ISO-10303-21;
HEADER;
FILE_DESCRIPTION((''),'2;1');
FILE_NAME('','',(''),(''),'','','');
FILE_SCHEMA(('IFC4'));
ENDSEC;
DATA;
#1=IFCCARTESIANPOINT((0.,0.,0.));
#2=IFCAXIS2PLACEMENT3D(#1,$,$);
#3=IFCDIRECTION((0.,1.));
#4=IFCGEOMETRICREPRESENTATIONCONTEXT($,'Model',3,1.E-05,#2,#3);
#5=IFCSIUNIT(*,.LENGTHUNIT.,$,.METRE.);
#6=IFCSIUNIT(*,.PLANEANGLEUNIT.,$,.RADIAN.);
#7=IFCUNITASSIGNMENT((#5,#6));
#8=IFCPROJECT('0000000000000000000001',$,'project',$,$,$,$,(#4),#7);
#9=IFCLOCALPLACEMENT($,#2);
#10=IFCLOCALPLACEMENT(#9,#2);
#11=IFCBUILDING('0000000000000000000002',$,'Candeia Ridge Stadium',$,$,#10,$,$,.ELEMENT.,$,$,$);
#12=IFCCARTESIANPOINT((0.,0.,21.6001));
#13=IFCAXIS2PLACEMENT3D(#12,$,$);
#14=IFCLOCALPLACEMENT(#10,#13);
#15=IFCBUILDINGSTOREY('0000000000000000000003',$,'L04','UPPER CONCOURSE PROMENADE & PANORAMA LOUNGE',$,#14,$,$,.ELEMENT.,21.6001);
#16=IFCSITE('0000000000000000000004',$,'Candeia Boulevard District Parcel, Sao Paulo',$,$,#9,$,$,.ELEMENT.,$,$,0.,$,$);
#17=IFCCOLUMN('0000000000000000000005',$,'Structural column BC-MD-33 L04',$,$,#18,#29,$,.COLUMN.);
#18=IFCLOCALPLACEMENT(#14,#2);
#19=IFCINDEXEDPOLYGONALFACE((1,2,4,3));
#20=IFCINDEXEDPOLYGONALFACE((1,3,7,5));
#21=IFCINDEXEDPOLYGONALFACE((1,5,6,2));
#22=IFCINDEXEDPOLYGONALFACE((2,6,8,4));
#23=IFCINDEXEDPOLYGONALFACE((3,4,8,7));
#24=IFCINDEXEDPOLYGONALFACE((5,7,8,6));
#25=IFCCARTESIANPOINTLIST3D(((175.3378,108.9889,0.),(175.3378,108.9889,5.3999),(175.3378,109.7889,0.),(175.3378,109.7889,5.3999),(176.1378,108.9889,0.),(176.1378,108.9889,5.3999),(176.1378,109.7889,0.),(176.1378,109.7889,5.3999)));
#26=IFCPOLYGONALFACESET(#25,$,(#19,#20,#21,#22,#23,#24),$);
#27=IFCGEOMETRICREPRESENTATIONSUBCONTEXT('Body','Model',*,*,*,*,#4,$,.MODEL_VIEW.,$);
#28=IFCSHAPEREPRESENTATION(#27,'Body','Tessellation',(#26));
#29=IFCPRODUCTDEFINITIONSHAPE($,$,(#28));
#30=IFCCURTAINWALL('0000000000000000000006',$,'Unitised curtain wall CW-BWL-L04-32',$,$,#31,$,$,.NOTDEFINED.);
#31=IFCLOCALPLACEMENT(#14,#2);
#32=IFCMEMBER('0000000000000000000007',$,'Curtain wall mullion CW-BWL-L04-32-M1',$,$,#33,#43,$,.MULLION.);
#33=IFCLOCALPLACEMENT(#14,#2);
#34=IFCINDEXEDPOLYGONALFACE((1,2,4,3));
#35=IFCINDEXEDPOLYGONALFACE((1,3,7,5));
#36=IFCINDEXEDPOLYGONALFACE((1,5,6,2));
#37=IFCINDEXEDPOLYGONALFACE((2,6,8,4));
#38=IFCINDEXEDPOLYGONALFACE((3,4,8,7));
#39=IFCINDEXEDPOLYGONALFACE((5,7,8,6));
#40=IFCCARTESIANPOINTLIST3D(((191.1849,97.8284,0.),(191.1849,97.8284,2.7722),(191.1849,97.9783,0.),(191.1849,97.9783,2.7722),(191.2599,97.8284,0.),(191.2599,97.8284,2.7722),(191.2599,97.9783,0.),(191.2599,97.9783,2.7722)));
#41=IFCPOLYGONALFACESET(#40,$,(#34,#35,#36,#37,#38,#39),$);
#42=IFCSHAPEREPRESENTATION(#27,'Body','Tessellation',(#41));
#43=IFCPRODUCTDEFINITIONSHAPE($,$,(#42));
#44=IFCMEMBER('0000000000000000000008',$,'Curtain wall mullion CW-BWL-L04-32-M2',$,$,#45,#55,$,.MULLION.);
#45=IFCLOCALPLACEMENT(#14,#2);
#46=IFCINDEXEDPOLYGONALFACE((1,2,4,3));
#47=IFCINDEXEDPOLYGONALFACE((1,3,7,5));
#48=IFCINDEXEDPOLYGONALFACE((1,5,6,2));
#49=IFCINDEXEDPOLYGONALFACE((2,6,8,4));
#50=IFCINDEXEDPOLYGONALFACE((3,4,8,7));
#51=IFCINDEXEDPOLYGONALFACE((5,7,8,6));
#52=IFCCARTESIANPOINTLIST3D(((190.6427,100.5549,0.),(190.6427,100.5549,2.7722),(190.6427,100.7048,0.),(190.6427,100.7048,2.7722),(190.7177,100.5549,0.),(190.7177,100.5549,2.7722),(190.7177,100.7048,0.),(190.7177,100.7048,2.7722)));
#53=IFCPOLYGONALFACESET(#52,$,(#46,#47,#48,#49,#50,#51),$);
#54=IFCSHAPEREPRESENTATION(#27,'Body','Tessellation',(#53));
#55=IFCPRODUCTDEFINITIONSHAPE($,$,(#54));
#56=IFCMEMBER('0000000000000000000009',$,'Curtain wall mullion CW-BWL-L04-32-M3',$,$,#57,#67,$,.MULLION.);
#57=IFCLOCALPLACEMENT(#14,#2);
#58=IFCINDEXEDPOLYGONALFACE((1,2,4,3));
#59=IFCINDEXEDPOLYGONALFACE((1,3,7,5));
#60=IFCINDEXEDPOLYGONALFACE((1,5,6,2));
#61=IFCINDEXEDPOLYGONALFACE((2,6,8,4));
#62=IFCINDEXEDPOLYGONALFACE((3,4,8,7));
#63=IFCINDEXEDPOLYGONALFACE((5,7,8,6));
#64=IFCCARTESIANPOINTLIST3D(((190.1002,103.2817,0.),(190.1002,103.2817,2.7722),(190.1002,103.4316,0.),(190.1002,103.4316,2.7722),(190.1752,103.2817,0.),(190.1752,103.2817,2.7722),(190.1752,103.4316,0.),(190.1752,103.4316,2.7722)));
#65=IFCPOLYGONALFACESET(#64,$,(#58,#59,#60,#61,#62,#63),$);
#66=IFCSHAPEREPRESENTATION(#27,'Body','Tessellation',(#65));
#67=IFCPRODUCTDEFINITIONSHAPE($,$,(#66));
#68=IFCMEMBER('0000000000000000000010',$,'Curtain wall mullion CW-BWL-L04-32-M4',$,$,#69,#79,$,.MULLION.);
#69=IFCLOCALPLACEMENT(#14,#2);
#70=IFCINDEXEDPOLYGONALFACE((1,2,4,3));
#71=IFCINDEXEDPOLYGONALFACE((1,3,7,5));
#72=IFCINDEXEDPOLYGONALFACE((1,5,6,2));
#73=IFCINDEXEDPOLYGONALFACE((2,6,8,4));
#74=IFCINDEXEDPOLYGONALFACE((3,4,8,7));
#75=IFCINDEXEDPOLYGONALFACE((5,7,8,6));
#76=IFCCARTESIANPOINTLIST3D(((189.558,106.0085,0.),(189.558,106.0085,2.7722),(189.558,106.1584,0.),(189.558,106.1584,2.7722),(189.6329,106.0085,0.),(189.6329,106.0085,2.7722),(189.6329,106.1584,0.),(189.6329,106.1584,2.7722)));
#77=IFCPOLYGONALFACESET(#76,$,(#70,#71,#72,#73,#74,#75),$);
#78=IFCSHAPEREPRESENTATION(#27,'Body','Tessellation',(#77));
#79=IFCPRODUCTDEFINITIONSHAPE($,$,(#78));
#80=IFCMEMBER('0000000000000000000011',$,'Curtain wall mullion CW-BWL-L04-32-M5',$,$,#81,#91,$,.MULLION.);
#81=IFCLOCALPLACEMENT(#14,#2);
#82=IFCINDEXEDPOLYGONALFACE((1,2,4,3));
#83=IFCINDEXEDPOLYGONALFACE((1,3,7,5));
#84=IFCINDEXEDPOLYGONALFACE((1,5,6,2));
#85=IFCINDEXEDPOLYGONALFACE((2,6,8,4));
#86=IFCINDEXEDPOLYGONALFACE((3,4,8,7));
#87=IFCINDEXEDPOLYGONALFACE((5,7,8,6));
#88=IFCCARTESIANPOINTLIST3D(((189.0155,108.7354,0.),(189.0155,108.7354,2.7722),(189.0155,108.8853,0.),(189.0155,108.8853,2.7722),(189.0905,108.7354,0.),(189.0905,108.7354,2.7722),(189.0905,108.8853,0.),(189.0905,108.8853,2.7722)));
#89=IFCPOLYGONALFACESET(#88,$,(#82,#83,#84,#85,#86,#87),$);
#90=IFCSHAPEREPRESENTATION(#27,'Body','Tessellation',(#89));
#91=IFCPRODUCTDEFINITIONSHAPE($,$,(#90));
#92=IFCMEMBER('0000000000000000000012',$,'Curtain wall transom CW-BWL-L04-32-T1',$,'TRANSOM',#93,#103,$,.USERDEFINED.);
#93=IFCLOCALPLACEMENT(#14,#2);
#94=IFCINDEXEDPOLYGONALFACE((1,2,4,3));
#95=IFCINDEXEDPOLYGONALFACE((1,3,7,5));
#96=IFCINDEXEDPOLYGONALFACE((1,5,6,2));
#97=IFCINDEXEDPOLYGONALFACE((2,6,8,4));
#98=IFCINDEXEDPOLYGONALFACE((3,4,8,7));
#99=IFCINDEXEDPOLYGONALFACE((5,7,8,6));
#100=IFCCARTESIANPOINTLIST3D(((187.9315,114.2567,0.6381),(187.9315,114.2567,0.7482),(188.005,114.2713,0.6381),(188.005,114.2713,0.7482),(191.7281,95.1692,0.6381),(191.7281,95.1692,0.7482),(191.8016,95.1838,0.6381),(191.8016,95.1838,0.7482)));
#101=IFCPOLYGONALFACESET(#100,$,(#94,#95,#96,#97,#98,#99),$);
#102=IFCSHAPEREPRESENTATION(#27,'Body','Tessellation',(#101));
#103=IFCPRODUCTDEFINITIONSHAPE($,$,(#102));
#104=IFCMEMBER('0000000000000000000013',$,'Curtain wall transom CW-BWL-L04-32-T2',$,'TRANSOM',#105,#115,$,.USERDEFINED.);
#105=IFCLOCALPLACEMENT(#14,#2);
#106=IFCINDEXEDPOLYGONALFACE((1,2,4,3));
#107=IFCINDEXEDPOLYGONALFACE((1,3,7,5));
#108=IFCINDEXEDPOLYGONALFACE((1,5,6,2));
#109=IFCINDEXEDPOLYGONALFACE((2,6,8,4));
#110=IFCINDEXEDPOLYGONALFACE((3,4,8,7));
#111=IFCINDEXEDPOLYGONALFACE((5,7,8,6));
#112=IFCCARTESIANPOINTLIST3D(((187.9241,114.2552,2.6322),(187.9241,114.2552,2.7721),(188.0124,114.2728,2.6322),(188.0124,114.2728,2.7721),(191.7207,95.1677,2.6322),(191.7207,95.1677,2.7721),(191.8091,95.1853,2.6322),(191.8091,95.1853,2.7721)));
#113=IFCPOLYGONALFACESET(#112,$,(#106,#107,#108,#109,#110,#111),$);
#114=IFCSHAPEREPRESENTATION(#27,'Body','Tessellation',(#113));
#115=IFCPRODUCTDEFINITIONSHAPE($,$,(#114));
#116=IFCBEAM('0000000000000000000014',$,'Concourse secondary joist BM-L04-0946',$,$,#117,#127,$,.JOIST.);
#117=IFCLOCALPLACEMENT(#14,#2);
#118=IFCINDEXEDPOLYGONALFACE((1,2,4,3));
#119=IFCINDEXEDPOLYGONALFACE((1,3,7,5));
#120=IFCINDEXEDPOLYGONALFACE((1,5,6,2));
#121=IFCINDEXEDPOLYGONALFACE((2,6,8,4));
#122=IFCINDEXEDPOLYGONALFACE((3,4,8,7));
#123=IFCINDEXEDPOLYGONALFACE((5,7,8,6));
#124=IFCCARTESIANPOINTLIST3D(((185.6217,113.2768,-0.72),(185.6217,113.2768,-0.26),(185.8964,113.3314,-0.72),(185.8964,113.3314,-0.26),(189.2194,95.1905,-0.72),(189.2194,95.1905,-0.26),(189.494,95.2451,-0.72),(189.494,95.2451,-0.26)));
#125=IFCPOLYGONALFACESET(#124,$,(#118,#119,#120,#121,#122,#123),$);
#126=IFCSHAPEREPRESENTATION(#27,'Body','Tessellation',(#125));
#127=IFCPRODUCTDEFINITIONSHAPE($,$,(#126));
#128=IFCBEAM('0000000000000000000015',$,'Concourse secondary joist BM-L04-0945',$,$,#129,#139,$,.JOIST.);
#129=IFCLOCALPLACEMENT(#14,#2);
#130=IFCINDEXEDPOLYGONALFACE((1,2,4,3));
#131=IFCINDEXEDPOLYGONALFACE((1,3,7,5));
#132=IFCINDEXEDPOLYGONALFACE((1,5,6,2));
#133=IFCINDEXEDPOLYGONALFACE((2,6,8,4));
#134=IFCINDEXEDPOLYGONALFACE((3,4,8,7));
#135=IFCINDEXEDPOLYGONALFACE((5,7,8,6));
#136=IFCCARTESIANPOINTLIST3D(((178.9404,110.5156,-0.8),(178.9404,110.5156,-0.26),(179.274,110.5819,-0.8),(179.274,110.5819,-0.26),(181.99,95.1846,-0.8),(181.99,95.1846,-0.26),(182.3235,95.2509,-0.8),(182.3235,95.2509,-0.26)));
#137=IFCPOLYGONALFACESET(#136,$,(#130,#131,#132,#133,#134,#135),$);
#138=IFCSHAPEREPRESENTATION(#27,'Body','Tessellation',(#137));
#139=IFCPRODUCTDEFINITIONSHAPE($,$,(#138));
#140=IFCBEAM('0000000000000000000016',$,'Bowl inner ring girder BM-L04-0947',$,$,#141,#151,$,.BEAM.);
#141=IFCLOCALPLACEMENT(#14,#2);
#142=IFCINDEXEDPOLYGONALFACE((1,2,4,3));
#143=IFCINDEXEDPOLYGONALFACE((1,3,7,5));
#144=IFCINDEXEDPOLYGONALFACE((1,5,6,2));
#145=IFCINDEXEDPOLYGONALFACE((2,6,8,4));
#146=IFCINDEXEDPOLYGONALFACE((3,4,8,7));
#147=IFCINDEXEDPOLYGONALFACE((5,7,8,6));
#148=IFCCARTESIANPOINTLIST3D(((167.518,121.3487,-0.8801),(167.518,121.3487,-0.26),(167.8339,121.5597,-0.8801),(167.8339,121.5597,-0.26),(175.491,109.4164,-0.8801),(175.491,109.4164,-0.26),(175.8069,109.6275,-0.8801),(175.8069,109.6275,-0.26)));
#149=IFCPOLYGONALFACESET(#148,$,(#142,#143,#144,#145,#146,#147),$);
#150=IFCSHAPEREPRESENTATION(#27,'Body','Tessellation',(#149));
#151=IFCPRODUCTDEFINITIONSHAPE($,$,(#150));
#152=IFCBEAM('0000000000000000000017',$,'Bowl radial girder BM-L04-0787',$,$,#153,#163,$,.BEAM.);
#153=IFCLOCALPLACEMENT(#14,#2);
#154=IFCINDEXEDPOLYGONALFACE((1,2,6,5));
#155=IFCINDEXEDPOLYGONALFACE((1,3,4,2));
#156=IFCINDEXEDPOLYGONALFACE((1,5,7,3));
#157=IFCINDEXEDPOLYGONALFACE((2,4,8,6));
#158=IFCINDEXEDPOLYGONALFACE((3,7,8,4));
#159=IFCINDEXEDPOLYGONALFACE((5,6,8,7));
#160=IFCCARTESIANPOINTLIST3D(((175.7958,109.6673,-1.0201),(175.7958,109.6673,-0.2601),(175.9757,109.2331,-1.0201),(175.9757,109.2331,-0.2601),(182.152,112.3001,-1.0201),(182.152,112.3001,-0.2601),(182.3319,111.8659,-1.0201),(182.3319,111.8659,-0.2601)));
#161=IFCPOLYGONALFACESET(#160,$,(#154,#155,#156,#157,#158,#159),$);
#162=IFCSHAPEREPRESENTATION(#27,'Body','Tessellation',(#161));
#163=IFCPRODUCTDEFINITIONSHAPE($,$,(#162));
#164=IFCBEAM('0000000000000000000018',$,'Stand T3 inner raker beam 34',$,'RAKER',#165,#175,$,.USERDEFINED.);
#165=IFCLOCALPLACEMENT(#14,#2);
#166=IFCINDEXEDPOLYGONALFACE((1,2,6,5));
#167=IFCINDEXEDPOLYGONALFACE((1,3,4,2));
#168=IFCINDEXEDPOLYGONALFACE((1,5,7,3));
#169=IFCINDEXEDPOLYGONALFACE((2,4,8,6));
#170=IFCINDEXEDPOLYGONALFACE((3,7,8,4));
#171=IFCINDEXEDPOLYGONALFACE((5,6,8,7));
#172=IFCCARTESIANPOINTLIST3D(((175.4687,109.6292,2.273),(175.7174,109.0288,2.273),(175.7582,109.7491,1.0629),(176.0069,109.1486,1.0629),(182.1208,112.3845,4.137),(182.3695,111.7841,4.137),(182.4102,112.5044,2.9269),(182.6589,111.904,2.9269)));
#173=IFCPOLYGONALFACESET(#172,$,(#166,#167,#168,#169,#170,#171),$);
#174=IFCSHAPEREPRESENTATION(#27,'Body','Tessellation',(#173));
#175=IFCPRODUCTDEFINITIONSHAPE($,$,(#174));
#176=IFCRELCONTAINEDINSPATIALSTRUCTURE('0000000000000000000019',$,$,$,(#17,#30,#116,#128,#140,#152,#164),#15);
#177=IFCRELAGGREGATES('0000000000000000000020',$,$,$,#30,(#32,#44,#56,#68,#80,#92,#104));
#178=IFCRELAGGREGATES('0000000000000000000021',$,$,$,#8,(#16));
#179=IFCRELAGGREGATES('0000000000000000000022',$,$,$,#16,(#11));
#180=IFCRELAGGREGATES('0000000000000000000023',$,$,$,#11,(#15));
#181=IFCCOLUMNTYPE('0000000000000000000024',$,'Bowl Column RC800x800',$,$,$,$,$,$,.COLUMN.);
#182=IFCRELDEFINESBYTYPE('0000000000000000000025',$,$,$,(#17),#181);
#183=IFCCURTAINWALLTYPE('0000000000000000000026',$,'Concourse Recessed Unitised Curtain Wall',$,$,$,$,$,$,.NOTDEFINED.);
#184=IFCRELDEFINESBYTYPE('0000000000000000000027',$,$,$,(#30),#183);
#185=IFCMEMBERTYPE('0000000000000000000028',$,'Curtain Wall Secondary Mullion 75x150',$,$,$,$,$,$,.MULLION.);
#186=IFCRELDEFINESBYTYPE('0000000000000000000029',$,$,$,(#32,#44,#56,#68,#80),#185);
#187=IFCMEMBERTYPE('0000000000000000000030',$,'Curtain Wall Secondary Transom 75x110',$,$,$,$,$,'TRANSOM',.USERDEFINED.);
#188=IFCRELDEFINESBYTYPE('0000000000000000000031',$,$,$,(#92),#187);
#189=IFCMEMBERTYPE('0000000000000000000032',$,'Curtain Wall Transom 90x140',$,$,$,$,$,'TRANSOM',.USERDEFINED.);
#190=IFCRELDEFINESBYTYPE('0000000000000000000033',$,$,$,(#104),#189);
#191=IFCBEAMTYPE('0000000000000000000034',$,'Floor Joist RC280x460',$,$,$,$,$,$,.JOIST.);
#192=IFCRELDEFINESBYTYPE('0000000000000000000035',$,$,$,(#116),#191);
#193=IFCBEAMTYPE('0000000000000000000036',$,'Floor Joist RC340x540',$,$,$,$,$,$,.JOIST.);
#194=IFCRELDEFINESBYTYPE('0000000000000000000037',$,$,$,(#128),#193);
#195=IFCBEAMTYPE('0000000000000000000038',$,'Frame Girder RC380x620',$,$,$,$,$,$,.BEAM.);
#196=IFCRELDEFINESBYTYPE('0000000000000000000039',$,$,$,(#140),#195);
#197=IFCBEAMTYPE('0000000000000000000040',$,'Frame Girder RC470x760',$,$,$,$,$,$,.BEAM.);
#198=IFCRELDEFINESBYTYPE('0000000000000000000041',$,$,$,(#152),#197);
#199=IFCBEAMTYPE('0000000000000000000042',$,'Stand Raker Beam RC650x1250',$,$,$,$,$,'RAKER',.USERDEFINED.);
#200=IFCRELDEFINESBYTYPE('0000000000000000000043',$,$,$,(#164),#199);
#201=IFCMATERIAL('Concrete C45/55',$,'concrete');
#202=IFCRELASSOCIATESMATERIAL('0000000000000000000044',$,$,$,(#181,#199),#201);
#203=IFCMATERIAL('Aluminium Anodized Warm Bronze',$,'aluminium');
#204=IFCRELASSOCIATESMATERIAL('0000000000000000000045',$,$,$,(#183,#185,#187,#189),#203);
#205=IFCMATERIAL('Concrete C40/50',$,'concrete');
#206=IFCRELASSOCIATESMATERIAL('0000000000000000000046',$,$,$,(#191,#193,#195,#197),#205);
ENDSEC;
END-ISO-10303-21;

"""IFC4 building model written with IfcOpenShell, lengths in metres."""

from ifc_helpers import new_model, si_unit, direction, frame, origin, origin_2d, place, context, subcontext, project, spatial, rectangle, extrude, material, material_profile, profile_set, type_object, element, aggregate, save


model = new_model("IFC4")

# Units and contexts
model_context = context("Model", 3, precision=1e-05, world=origin(), true_north=direction((0.0, 1.0)))
body_context = subcontext(model_context, "Body", "Model", "MODEL_VIEW")
ifc_project = project(units=[si_unit("LENGTHUNIT", "METRE"), si_unit("PLANEANGLEUNIT", "RADIAN")], contexts=[model_context])

# Site, building, storey
site_placement = place(None, origin())
site = spatial("IfcSite", under=ifc_project, at=site_placement, Name="Candeia Boulevard District Parcel, Sao Paulo", CompositionType="ELEMENT", RefElevation=0.0)
building_placement = place(site_placement, origin())
building = spatial("IfcBuilding", under=site, at=building_placement, Name="Candeia Ridge Stadium", CompositionType="ELEMENT")
storey_placement = place(building_placement, frame((0.0, 0.0, 21.6001)))
storey = spatial("IfcBuildingStorey", under=building, at=storey_placement, Name="L04", Description="UPPER CONCOURSE PROMENADE & PANORAMA LOUNGE", CompositionType="ELEMENT", Elevation=21.6001)

# Column
ifc_material_1 = material(Name="Concrete C45/55", Category="concrete")
ifc_material_profile_1 = material_profile(ifc_material_1, rectangle(XDim=0.8, YDim=0.8, at=origin_2d()), Name="RC800x800", Category="concrete")
ifc_profile_set_1 = profile_set([ifc_material_profile_1], Name="Concrete C45/55")
column_type = type_object("IfcColumnType", Name="Bowl Column RC800x800", PredefinedType="COLUMN", material=ifc_profile_set_1)
column_placement = place(storey_placement, frame((175.7378, 109.3889, 0.0), z_axis=(0.0, 0.0, 1.0), x_axis=(1.0, 0.0, 0.0)))
element("IfcColumn", 1, at=column_placement, inside=storey, type_object=column_type, Name="Structural column BC-MD-33 L04", PredefinedType="COLUMN", context=body_context, shape_type="SweptSolid", body=[
    extrude(rectangle(XDim=0.8, YDim=0.8, at=origin_2d()), origin(), (0.0, 0.0, 1.0), 5.3999),
])

# Curtain wall, members
ifc_material_2 = material(Name="Aluminium Anodized Warm Bronze", Category="aluminium")
curtain_wall_type = type_object("IfcCurtainWallType", Name="Concourse Recessed Unitised Curtain Wall", PredefinedType="NOTDEFINED", material=ifc_material_2)
curtain_wall_placement = place(storey_placement, origin())
curtain_wall = element("IfcCurtainWall", 2, at=curtain_wall_placement, inside=storey, type_object=curtain_wall_type, Name="Unitised curtain wall CW-BWL-L04-32", PredefinedType="NOTDEFINED")
ifc_material_profile_2 = material_profile(ifc_material_2, rectangle(XDim=0.075, YDim=0.1499, at=origin_2d()), Name="CWM-75x150", Category="aluminium")
ifc_profile_set_2 = profile_set([ifc_material_profile_2], Name="Aluminium Anodized Warm Bronze")
member_type_1 = type_object("IfcMemberType", Name="Curtain Wall Secondary Mullion 75x150", PredefinedType="MULLION", material=ifc_profile_set_2)
member_1_placement = place(storey_placement, frame((191.2224, 97.9033, 0.0), z_axis=(0.0, 0.0, 1.0), x_axis=(1.0, 0.0, 0.0)))
member_1 = element("IfcMember", 3, at=member_1_placement, type_object=member_type_1, Name="Curtain wall mullion CW-BWL-L04-32-M1", PredefinedType="MULLION", context=body_context, shape_type="SweptSolid", body=[
    extrude(rectangle(XDim=0.075, YDim=0.1499, at=origin_2d()), origin(), (0.0, 0.0, 1.0), 2.7722),
])
member_2_placement = place(storey_placement, frame((190.6802, 100.6299, 0.0), z_axis=(0.0, 0.0, 1.0), x_axis=(1.0, 0.0, 0.0)))
member_2 = element("IfcMember", 4, at=member_2_placement, type_object=member_type_1, Name="Curtain wall mullion CW-BWL-L04-32-M2", PredefinedType="MULLION", context=body_context, shape_type="SweptSolid", body=[
    extrude(rectangle(XDim=0.075, YDim=0.1499, at=origin_2d()), origin(), (0.0, 0.0, 1.0), 2.7722),
])
member_3_placement = place(storey_placement, frame((190.1377, 103.3567, 0.0), z_axis=(0.0, 0.0, 1.0), x_axis=(1.0, 0.0, 0.0)))
member_3 = element("IfcMember", 5, at=member_3_placement, type_object=member_type_1, Name="Curtain wall mullion CW-BWL-L04-32-M3", PredefinedType="MULLION", context=body_context, shape_type="SweptSolid", body=[
    extrude(rectangle(XDim=0.075, YDim=0.1499, at=origin_2d()), origin(), (0.0, 0.0, 1.0), 2.7722),
])
member_4_placement = place(storey_placement, frame((189.5955, 106.0835, 0.0), z_axis=(0.0, 0.0, 1.0), x_axis=(1.0, 0.0, 0.0)))
member_4 = element("IfcMember", 6, at=member_4_placement, type_object=member_type_1, Name="Curtain wall mullion CW-BWL-L04-32-M4", PredefinedType="MULLION", context=body_context, shape_type="SweptSolid", body=[
    extrude(rectangle(XDim=0.075, YDim=0.1499, at=origin_2d()), origin(), (0.0, 0.0, 1.0), 2.7722),
])
member_5_placement = place(storey_placement, frame((189.053, 108.8103, 0.0), z_axis=(0.0, 0.0, 1.0), x_axis=(1.0, 0.0, 0.0)))
member_5 = element("IfcMember", 7, at=member_5_placement, type_object=member_type_1, Name="Curtain wall mullion CW-BWL-L04-32-M5", PredefinedType="MULLION", context=body_context, shape_type="SweptSolid", body=[
    extrude(rectangle(XDim=0.075, YDim=0.1499, at=origin_2d()), origin(), (0.0, 0.0, 1.0), 2.7722),
])
ifc_material_profile_3 = material_profile(ifc_material_2, rectangle(XDim=0.075, YDim=0.1101, at=origin_2d()), Name="CWT-75x110", Category="aluminium")
ifc_profile_set_3 = profile_set([ifc_material_profile_3], Name="Aluminium Anodized Warm Bronze")
member_type_2 = type_object("IfcMemberType", Name="Curtain Wall Secondary Transom 75x110", ElementType="TRANSOM", PredefinedType="USERDEFINED", material=ifc_profile_set_3)
member_6_placement = place(storey_placement, frame((191.7649, 95.1765, 0.6931), z_axis=(-0.195086, 0.980786, 0.0), x_axis=(-0.980786, -0.195086, 0.0)))
member_6 = element("IfcMember", 8, at=member_6_placement, type_object=member_type_2, Name="Curtain wall transom CW-BWL-L04-32-T1", ObjectType="TRANSOM", PredefinedType="USERDEFINED", context=body_context, shape_type="SweptSolid", body=[
    extrude(rectangle(XDim=0.075, YDim=0.1101, at=origin_2d()), origin(), (0.0, 0.0, 1.0), 19.4614),
])
ifc_material_profile_4 = material_profile(ifc_material_2, rectangle(XDim=0.0901, YDim=0.1399, at=origin_2d()), Name="CWT-90x140", Category="aluminium")
ifc_profile_set_4 = profile_set([ifc_material_profile_4], Name="Aluminium Anodized Warm Bronze")
member_type_3 = type_object("IfcMemberType", Name="Curtain Wall Transom 90x140", ElementType="TRANSOM", PredefinedType="USERDEFINED", material=ifc_profile_set_4)
member_7_placement = place(storey_placement, frame((191.7649, 95.1765, 2.7021), z_axis=(-0.195086, 0.980786, 0.0), x_axis=(-0.980786, -0.195086, 0.0)))
member_7 = element("IfcMember", 9, at=member_7_placement, type_object=member_type_3, Name="Curtain wall transom CW-BWL-L04-32-T2", ObjectType="TRANSOM", PredefinedType="USERDEFINED", context=body_context, shape_type="SweptSolid", body=[
    extrude(rectangle(XDim=0.0901, YDim=0.1399, at=origin_2d()), origin(), (0.0, 0.0, 1.0), 19.4614),
])

# Beams
ifc_material_3 = material(Name="Concrete C40/50", Category="concrete")
ifc_material_profile_5 = material_profile(ifc_material_3, rectangle(XDim=0.28, YDim=0.46, at=origin_2d()), Name="RC280x460", Category="concrete")
ifc_profile_set_5 = profile_set([ifc_material_profile_5], Name="Concrete C40/50")
beam_type_1 = type_object("IfcBeamType", Name="Floor Joist RC280x460", PredefinedType="JOIST", material=ifc_profile_set_5)
beam_1_placement = place(storey_placement, frame((189.3567, 95.2178, -0.49), z_axis=(-0.195093, 0.980785, 0.0), x_axis=(-0.980785, -0.195093, 0.0)))
element("IfcBeam", 10, at=beam_1_placement, inside=storey, type_object=beam_type_1, Name="Concourse secondary joist BM-L04-0946", PredefinedType="JOIST", context=body_context, shape_type="SweptSolid", body=[
    extrude(rectangle(XDim=0.28, YDim=0.46, at=origin_2d()), origin(), (0.0, 0.0, 1.0), 18.4407),
])
ifc_material_profile_6 = material_profile(ifc_material_3, rectangle(XDim=0.3401, YDim=0.54, at=origin_2d()), Name="RC340x540", Category="concrete")
ifc_profile_set_6 = profile_set([ifc_material_profile_6], Name="Concrete C40/50")
beam_type_2 = type_object("IfcBeamType", Name="Floor Joist RC340x540", PredefinedType="JOIST", material=ifc_profile_set_6)
beam_2_placement = place(storey_placement, frame((182.1567, 95.2178, -0.53), z_axis=(-0.195092, 0.980785, 0.0), x_axis=(-0.980785, -0.195092, 0.0)))
element("IfcBeam", 11, at=beam_2_placement, inside=storey, type_object=beam_type_2, Name="Concourse secondary joist BM-L04-0945", PredefinedType="JOIST", context=body_context, shape_type="SweptSolid", body=[
    extrude(rectangle(XDim=0.3401, YDim=0.54, at=origin_2d()), origin(), (0.0, 0.0, 1.0), 15.6313),
])
ifc_material_profile_7 = material_profile(ifc_material_3, rectangle(XDim=0.3799, YDim=0.6201, at=origin_2d()), Name="RC380x620", Category="concrete")
ifc_profile_set_7 = profile_set([ifc_material_profile_7], Name="Concrete C40/50")
beam_type_3 = type_object("IfcBeamType", Name="Frame Girder RC380x620", PredefinedType="BEAM", material=ifc_profile_set_7)
beam_3_placement = place(storey_placement, frame((175.6489, 109.522, -0.5701), z_axis=(-0.555575, 0.831466, 0.0), x_axis=(-0.831466, -0.555575, 0.0)))
element("IfcBeam", 12, at=beam_3_placement, inside=storey, type_object=beam_type_3, Name="Bowl inner ring girder BM-L04-0947", PredefinedType="BEAM", context=body_context, shape_type="SweptSolid", body=[
    extrude(rectangle(XDim=0.3799, YDim=0.6201, at=origin_2d()), origin(), (0.0, 0.0, 1.0), 14.3508),
])
ifc_material_profile_8 = material_profile(ifc_material_3, rectangle(XDim=0.47, YDim=0.76, at=origin_2d()), Name="RC470x760", Category="concrete")
ifc_profile_set_8 = profile_set([ifc_material_profile_8], Name="Concrete C40/50")
beam_type_4 = type_object("IfcBeamType", Name="Frame Girder RC470x760", PredefinedType="BEAM", material=ifc_profile_set_8)
beam_4_placement = place(storey_placement, frame((175.8857, 109.4502, -0.6401), z_axis=(0.92388, 0.382682, 0.0), x_axis=(-0.382682, 0.92388, 0.0)))
element("IfcBeam", 13, at=beam_4_placement, inside=storey, type_object=beam_type_4, Name="Bowl radial girder BM-L04-0787", PredefinedType="BEAM", context=body_context, shape_type="SweptSolid", body=[
    extrude(rectangle(XDim=0.47, YDim=0.76, at=origin_2d()), origin(), (0.0, 0.0, 1.0), 6.8799),
])
ifc_material_profile_9 = material_profile(ifc_material_1, rectangle(XDim=0.6499, YDim=1.25, at=origin_2d()), Name="RC650x1250", Category="concrete")
ifc_profile_set_9 = profile_set([ifc_material_profile_9], Name="Concrete C45/55")
beam_type_5 = type_object("IfcBeamType", Name="Stand Raker Beam RC650x1250", ElementType="RAKER", PredefinedType="USERDEFINED", material=ifc_profile_set_9)
beam_5_placement = place(storey_placement, frame((175.7378, 109.3889, 1.668), z_axis=(0.894395, 0.370468, 0.250622), x_axis=(-0.382681, 0.92388, 0.0)))
element("IfcBeam", 14, at=beam_5_placement, inside=storey, type_object=beam_type_5, Name="Stand T3 inner raker beam 34", ObjectType="RAKER", PredefinedType="USERDEFINED", context=body_context, shape_type="SweptSolid", body=[
    extrude(rectangle(XDim=0.6499, YDim=1.25, at=origin_2d()), origin(), (0.0, 0.0, 1.0), 7.4375),
])

aggregate(curtain_wall, [member_1, member_2, member_3, member_4, member_5, member_6, member_7])

save(model, "model.ifc")
